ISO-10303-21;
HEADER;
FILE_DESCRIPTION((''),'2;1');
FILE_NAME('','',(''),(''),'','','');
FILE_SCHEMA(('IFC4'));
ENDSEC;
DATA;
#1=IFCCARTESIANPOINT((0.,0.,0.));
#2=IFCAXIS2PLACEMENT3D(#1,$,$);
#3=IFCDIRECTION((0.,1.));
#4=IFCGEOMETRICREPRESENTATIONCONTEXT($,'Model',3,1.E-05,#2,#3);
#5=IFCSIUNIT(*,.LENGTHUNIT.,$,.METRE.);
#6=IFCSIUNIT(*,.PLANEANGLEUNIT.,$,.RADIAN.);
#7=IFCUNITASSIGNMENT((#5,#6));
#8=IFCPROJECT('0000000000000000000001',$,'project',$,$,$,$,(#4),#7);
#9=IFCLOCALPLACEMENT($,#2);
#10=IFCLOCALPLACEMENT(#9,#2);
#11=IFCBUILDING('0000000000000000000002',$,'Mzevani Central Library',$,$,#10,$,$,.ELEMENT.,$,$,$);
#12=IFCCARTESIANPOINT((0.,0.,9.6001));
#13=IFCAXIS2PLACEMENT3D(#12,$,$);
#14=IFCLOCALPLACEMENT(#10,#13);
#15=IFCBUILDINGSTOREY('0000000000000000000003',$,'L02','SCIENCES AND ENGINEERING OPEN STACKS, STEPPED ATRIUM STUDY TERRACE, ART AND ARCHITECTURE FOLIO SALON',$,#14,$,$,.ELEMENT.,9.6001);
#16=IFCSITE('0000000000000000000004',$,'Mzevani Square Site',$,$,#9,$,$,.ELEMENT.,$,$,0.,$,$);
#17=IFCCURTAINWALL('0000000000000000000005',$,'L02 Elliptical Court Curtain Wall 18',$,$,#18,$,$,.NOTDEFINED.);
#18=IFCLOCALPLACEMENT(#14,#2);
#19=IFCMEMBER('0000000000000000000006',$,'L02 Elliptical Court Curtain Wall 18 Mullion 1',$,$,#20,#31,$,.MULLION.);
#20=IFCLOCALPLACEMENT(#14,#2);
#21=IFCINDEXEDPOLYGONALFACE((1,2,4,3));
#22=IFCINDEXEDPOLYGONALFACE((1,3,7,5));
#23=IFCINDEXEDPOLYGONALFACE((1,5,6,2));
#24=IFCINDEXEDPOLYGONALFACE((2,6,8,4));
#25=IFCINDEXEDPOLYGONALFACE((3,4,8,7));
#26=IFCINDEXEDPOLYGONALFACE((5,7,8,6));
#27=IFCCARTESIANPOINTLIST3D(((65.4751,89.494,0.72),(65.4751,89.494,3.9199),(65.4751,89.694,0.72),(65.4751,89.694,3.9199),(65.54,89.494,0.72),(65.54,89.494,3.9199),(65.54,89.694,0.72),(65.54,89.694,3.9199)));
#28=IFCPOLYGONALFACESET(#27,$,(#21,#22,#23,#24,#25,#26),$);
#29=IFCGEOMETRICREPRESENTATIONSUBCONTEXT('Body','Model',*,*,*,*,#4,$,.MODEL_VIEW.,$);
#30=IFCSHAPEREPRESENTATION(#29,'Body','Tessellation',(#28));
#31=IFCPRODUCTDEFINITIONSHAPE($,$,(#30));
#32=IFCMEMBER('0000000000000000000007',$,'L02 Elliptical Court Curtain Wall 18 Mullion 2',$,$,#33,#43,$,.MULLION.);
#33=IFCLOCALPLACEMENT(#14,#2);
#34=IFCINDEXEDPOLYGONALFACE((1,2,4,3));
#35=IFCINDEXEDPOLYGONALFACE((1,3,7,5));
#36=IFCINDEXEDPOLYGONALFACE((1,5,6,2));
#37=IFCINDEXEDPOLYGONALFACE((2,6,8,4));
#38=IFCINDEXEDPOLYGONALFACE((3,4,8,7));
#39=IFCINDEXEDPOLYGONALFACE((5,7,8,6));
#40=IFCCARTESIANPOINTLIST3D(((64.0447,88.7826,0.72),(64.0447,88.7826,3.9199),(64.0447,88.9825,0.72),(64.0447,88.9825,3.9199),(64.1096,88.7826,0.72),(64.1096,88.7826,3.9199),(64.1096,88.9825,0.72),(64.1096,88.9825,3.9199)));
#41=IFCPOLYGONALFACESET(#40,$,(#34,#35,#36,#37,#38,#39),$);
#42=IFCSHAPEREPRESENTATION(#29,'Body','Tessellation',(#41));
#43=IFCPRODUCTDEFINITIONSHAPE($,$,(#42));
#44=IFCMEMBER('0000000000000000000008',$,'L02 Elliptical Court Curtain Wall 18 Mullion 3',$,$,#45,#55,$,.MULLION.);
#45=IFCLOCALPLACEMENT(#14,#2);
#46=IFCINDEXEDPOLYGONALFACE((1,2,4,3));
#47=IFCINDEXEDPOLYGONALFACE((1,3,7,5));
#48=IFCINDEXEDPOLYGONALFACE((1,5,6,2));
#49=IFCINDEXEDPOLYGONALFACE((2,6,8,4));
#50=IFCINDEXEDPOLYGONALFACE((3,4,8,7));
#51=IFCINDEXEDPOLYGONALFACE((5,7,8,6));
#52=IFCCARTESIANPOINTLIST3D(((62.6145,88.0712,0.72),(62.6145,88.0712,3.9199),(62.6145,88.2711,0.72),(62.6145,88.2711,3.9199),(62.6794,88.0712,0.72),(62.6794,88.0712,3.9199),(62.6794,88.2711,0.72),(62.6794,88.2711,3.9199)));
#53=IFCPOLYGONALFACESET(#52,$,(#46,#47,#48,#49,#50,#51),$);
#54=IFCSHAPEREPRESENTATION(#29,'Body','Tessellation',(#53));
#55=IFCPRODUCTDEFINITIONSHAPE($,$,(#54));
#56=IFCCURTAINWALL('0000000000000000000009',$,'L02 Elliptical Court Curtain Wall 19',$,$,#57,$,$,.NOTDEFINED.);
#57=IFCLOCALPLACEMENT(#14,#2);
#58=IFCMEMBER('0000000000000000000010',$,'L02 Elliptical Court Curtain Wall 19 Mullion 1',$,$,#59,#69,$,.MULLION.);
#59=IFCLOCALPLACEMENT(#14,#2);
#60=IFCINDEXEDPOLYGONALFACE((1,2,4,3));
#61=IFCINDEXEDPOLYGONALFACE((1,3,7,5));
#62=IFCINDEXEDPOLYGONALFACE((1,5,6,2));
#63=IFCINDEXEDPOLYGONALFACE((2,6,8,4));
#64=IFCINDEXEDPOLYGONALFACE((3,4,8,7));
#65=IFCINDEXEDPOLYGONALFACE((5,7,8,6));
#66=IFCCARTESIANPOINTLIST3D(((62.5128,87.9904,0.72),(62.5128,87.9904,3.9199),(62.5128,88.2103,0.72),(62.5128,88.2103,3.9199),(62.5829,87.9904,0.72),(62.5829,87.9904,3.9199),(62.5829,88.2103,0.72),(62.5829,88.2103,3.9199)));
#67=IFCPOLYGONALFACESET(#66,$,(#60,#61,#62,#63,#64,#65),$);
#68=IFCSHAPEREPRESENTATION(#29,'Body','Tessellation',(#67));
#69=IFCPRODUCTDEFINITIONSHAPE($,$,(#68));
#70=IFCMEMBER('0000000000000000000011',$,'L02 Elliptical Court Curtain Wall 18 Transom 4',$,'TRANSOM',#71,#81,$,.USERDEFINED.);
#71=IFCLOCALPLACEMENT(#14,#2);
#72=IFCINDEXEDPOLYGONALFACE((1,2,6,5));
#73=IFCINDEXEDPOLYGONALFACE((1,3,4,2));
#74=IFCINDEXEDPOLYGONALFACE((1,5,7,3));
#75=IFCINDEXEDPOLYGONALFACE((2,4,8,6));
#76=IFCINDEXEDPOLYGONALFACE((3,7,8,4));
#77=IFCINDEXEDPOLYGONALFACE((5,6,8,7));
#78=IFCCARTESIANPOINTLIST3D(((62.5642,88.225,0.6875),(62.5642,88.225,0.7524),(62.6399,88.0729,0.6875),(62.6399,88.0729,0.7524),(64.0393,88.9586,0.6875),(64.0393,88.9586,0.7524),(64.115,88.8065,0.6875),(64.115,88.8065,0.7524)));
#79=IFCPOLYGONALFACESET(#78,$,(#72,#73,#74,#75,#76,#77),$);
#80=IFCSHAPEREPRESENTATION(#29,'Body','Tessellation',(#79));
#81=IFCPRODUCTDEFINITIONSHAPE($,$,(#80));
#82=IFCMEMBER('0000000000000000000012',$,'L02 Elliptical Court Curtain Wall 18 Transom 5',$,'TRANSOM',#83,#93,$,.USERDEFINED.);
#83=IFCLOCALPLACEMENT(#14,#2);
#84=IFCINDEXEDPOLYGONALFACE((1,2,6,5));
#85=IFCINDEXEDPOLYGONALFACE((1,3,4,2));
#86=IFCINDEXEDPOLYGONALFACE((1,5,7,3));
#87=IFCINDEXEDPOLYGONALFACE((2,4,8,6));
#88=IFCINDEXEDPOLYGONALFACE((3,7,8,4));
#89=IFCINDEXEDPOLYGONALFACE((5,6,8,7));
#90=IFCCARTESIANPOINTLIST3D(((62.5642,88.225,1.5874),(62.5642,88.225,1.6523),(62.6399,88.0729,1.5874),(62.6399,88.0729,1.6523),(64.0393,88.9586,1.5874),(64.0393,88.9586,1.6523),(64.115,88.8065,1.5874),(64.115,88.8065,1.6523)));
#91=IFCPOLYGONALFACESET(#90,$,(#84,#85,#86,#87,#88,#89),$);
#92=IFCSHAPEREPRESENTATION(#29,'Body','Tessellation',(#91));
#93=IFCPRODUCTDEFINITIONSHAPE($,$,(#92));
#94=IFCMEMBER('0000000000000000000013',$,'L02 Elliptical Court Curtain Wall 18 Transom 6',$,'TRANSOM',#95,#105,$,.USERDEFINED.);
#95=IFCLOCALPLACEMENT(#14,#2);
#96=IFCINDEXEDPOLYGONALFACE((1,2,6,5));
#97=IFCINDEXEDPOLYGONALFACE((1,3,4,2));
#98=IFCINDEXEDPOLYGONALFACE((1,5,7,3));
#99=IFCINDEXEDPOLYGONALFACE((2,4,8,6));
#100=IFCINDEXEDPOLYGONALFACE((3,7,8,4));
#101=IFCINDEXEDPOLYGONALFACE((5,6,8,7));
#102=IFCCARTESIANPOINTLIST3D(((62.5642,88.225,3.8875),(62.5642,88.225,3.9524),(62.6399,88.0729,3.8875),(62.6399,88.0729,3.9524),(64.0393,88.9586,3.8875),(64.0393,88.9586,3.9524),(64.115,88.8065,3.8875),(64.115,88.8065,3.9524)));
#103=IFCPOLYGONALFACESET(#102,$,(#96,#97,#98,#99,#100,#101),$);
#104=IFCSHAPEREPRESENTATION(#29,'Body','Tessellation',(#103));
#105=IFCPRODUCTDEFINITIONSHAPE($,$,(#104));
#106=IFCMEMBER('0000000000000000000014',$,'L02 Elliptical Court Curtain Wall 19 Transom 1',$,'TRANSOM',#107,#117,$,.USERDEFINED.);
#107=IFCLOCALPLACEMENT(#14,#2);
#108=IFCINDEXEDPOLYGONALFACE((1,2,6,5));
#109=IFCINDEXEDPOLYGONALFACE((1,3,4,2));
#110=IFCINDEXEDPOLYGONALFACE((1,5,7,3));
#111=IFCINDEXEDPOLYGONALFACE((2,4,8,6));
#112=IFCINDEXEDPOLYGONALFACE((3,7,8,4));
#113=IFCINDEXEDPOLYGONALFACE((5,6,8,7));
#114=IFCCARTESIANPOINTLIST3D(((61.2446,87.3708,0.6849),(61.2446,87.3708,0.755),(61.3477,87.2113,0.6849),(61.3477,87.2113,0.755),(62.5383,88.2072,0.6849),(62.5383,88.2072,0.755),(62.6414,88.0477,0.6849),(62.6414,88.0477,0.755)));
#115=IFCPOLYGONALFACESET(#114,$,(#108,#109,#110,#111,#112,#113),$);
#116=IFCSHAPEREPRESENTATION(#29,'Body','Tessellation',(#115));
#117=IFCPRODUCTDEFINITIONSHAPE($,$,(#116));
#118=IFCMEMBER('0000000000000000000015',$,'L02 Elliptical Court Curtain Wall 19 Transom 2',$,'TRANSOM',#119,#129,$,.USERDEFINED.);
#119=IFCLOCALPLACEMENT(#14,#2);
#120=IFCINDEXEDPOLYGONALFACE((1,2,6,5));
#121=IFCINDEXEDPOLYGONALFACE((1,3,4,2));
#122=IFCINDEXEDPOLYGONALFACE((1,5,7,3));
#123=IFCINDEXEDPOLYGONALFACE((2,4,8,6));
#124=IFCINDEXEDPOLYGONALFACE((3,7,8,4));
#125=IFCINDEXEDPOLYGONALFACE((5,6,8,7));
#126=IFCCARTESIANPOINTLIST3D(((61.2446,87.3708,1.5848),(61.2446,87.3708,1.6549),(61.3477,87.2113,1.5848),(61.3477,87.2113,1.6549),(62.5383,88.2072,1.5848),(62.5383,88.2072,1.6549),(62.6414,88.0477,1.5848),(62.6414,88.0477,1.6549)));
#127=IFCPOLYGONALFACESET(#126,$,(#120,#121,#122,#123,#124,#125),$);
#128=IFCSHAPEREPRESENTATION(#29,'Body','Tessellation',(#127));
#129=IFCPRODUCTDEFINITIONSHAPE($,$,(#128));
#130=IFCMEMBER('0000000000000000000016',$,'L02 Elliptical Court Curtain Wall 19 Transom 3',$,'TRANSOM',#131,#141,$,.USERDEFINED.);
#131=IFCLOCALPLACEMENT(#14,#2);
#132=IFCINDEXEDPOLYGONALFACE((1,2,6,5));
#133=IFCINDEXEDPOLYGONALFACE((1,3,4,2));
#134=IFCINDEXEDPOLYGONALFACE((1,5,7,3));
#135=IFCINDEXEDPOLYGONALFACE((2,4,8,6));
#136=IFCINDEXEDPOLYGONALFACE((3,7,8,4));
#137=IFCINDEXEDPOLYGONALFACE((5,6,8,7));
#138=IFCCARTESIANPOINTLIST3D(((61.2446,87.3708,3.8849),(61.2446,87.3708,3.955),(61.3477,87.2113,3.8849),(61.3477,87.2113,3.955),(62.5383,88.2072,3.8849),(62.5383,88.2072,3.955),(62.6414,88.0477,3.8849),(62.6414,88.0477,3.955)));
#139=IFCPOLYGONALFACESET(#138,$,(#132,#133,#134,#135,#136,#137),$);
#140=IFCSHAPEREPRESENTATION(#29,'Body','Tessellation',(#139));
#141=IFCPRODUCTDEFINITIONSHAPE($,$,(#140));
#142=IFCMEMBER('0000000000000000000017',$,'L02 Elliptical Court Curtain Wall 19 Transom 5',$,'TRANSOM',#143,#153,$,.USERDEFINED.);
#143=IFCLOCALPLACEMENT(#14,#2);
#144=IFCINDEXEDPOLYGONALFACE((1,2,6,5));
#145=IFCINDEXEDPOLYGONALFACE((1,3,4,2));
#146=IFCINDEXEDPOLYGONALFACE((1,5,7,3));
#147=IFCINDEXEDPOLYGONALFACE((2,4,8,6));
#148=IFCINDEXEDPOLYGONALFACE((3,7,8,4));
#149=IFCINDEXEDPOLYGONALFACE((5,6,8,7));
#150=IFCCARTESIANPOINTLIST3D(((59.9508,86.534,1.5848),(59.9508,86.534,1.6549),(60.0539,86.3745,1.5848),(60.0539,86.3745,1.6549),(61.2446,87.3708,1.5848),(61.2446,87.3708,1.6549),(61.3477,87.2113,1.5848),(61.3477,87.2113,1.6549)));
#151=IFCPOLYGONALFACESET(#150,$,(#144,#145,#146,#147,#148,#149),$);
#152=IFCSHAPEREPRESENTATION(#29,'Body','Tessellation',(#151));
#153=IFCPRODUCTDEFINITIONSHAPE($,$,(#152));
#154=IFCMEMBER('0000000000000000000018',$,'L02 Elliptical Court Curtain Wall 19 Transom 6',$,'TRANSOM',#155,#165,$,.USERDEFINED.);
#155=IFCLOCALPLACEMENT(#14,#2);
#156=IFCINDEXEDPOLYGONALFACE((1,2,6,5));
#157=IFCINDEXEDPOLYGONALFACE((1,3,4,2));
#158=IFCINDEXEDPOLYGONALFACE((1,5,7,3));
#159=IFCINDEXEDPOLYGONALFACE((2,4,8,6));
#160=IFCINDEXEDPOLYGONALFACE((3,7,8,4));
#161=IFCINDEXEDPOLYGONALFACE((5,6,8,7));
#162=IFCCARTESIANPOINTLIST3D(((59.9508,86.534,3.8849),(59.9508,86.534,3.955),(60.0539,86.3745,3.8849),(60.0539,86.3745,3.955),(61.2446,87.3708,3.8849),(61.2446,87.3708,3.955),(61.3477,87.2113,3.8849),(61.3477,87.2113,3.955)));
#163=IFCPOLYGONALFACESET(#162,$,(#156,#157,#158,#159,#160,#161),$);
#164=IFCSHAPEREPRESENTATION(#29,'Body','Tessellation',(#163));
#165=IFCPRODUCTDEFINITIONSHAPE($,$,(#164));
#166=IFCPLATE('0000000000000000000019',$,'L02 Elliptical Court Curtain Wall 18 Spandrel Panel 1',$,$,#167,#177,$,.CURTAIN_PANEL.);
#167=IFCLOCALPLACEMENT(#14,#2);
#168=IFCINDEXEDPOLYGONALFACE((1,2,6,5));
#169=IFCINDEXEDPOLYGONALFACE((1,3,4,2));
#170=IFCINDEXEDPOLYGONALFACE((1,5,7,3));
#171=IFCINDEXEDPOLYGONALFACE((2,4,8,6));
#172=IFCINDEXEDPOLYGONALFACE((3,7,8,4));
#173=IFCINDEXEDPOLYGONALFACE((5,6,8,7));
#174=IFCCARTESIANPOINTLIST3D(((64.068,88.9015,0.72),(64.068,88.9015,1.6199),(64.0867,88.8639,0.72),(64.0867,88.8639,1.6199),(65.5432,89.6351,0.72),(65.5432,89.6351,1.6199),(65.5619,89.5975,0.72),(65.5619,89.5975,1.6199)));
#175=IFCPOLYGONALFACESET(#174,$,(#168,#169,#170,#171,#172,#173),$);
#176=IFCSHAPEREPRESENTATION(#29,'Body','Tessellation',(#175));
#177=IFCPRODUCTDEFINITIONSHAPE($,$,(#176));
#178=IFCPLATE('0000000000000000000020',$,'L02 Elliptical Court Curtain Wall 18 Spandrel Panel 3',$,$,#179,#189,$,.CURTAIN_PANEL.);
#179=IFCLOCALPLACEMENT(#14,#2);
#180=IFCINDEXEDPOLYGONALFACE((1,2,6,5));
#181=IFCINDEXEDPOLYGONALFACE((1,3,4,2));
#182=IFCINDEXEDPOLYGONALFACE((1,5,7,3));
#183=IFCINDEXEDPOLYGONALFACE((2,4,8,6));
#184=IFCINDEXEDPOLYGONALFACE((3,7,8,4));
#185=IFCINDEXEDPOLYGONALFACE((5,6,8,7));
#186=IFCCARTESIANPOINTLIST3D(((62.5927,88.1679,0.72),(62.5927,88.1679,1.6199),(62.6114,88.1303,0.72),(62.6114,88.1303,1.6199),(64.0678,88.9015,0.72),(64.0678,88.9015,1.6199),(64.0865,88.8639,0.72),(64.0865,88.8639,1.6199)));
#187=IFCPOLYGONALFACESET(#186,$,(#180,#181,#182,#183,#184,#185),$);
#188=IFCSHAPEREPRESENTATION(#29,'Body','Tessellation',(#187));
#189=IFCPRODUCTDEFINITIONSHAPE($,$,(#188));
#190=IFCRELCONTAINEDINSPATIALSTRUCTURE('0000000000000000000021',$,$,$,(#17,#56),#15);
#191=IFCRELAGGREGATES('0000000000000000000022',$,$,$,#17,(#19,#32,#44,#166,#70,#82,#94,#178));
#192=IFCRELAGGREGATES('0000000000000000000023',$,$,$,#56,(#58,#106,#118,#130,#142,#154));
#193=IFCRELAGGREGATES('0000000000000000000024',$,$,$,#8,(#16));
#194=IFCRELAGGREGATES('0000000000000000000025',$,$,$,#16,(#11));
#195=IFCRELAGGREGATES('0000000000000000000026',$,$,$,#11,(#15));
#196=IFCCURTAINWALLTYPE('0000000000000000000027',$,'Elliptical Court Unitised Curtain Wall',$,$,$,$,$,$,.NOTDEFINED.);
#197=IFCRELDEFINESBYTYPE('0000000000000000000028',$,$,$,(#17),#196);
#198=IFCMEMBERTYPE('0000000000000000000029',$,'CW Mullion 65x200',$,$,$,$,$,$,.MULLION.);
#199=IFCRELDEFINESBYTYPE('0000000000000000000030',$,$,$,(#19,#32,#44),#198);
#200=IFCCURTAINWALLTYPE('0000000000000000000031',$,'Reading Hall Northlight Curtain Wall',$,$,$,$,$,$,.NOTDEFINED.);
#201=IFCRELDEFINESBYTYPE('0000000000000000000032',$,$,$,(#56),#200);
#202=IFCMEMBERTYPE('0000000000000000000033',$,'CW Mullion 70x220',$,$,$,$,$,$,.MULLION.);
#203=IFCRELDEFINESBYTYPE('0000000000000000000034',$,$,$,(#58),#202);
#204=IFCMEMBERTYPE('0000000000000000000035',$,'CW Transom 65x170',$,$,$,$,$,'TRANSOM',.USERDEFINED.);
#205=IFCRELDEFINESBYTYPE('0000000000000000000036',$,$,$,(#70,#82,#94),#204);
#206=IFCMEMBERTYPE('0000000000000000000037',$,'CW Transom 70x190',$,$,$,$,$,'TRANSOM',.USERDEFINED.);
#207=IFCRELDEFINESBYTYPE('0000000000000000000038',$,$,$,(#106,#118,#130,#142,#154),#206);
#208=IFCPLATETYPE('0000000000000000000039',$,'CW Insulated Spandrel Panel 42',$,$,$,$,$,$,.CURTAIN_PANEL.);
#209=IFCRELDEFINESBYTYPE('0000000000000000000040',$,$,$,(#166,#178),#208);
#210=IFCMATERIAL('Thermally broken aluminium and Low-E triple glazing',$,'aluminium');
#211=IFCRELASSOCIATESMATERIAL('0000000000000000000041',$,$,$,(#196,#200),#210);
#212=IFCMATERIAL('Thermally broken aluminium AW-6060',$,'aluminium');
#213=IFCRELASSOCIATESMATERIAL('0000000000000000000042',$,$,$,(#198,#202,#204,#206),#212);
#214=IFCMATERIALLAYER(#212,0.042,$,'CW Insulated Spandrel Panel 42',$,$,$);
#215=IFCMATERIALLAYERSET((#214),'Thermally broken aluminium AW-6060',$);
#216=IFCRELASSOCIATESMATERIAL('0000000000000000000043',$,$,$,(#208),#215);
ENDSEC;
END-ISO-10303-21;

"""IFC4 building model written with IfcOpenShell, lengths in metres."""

from ifc_helpers import new_model, si_unit, direction, frame, origin, origin_2d, place, context, subcontext, project, spatial, rectangle, extrude, material, layer, layer_set, material_profile, profile_set, type_object, element, aggregate, save


model = new_model("IFC4")

# Units and contexts
model_context = context("Model", 3, precision=1e-05, world=origin(), true_north=direction((0.0, 1.0)))
body_context = subcontext(model_context, "Body", "Model", "MODEL_VIEW")
ifc_project = project(units=[si_unit("LENGTHUNIT", "METRE"), si_unit("PLANEANGLEUNIT", "RADIAN")], contexts=[model_context])

# Site, building, storey
site_placement = place(None, origin())
site = spatial("IfcSite", under=ifc_project, at=site_placement, Name="Mzevani Square Site", CompositionType="ELEMENT", RefElevation=0.0)
building_placement = place(site_placement, origin())
building = spatial("IfcBuilding", under=site, at=building_placement, Name="Mzevani Central Library", CompositionType="ELEMENT")
storey_placement = place(building_placement, frame((0.0, 0.0, 9.6001)))
storey = spatial("IfcBuildingStorey", under=building, at=storey_placement, Name="L02", Description="SCIENCES AND ENGINEERING OPEN STACKS, STEPPED ATRIUM STUDY TERRACE, ART AND ARCHITECTURE FOLIO SALON", CompositionType="ELEMENT", Elevation=9.6001)

# Curtain wall, members
ifc_material_1 = material(Name="Thermally broken aluminium and Low-E triple glazing", Category="aluminium")
curtain_wall_type_1 = type_object("IfcCurtainWallType", Name="Elliptical Court Unitised Curtain Wall", PredefinedType="NOTDEFINED", material=ifc_material_1)
curtain_wall_1_placement = place(storey_placement, origin())
curtain_wall_1 = element("IfcCurtainWall", 1, at=curtain_wall_1_placement, inside=storey, type_object=curtain_wall_type_1, Name="L02 Elliptical Court Curtain Wall 18", PredefinedType="NOTDEFINED")
ifc_material_2 = material(Name="Thermally broken aluminium AW-6060", Category="aluminium")
ifc_material_profile_1 = material_profile(ifc_material_2, rectangle(XDim=0.0649, YDim=0.2, at=origin_2d()), Name="ALU M65x200")
ifc_profile_set_1 = profile_set([ifc_material_profile_1], Name="Thermally broken aluminium AW-6060")
member_type_1 = type_object("IfcMemberType", Name="CW Mullion 65x200", PredefinedType="MULLION", material=ifc_profile_set_1)
member_1_placement = place(storey_placement, frame((65.5076, 89.594, 0.72), z_axis=(0.0, 0.0, 1.0), x_axis=(1.0, 0.0, 0.0)))
member_1 = element("IfcMember", 2, at=member_1_placement, type_object=member_type_1, Name="L02 Elliptical Court Curtain Wall 18 Mullion 1", PredefinedType="MULLION", context=body_context, shape_type="SweptSolid", body=[
    extrude(rectangle(XDim=0.0649, YDim=0.2, at=origin_2d()), origin(), (0.0, 0.0, 1.0), 3.2),
])
member_2_placement = place(storey_placement, frame((64.0771, 88.8826, 0.72), z_axis=(0.0, 0.0, 1.0), x_axis=(1.0, 0.0, 0.0)))
member_2 = element("IfcMember", 3, at=member_2_placement, type_object=member_type_1, Name="L02 Elliptical Court Curtain Wall 18 Mullion 2", PredefinedType="MULLION", context=body_context, shape_type="SweptSolid", body=[
    extrude(rectangle(XDim=0.0649, YDim=0.2, at=origin_2d()), origin(), (0.0, 0.0, 1.0), 3.2),
])
member_3_placement = place(storey_placement, frame((62.647, 88.1711, 0.72), z_axis=(0.0, 0.0, 1.0), x_axis=(1.0, 0.0, 0.0)))
member_3 = element("IfcMember", 4, at=member_3_placement, type_object=member_type_1, Name="L02 Elliptical Court Curtain Wall 18 Mullion 3", PredefinedType="MULLION", context=body_context, shape_type="SweptSolid", body=[
    extrude(rectangle(XDim=0.0649, YDim=0.2, at=origin_2d()), origin(), (0.0, 0.0, 1.0), 3.2),
])

# Curtain wall, member
curtain_wall_type_2 = type_object("IfcCurtainWallType", Name="Reading Hall Northlight Curtain Wall", PredefinedType="NOTDEFINED", material=ifc_material_1)
curtain_wall_2_placement = place(storey_placement, origin())
curtain_wall_2 = element("IfcCurtainWall", 5, at=curtain_wall_2_placement, inside=storey, type_object=curtain_wall_type_2, Name="L02 Elliptical Court Curtain Wall 19", PredefinedType="NOTDEFINED")
ifc_material_profile_2 = material_profile(ifc_material_2, rectangle(XDim=0.0701, YDim=0.22, at=origin_2d()), Name="ALU M70x220")
ifc_profile_set_2 = profile_set([ifc_material_profile_2], Name="Thermally broken aluminium AW-6060")
member_type_2 = type_object("IfcMemberType", Name="CW Mullion 70x220", PredefinedType="MULLION", material=ifc_profile_set_2)
member_4_placement = place(storey_placement, frame((62.5479, 88.1003, 0.72), z_axis=(0.0, 0.0, 1.0), x_axis=(1.0, 0.0, 0.0)))
member_4 = element("IfcMember", 6, at=member_4_placement, type_object=member_type_2, Name="L02 Elliptical Court Curtain Wall 19 Mullion 1", PredefinedType="MULLION", context=body_context, shape_type="SweptSolid", body=[
    extrude(rectangle(XDim=0.0701, YDim=0.22, at=origin_2d()), origin(), (0.0, 0.0, 1.0), 3.2),
])

# Members
ifc_material_profile_3 = material_profile(ifc_material_2, rectangle(XDim=0.1699, YDim=0.0649, at=origin_2d()), Name="ALU T65x170")
ifc_profile_set_3 = profile_set([ifc_material_profile_3], Name="Thermally broken aluminium AW-6060")
member_type_3 = type_object("IfcMemberType", Name="CW Transom 65x170", ElementType="TRANSOM", PredefinedType="USERDEFINED", material=ifc_profile_set_3)
member_5_placement = place(storey_placement, frame((64.0771, 88.8826, 0.72), z_axis=(-0.895374, -0.445316, 0.0), x_axis=(0.445316, -0.895374, 0.0)))
member_5 = element("IfcMember", 7, at=member_5_placement, type_object=member_type_3, Name="L02 Elliptical Court Curtain Wall 18 Transom 4", ObjectType="TRANSOM", PredefinedType="USERDEFINED", context=body_context, shape_type="SweptSolid", body=[
    extrude(rectangle(XDim=0.1699, YDim=0.0649, at=origin_2d()), origin(), (0.0, 0.0, 1.0), 1.6475),
])
member_6_placement = place(storey_placement, frame((64.0771, 88.8826, 1.6199), z_axis=(-0.895374, -0.445316, 0.0), x_axis=(0.445316, -0.895374, 0.0)))
member_6 = element("IfcMember", 8, at=member_6_placement, type_object=member_type_3, Name="L02 Elliptical Court Curtain Wall 18 Transom 5", ObjectType="TRANSOM", PredefinedType="USERDEFINED", context=body_context, shape_type="SweptSolid", body=[
    extrude(rectangle(XDim=0.1699, YDim=0.0649, at=origin_2d()), origin(), (0.0, 0.0, 1.0), 1.6475),
])
member_7_placement = place(storey_placement, frame((64.0771, 88.8826, 3.9199), z_axis=(-0.895374, -0.445316, 0.0), x_axis=(0.445316, -0.895374, 0.0)))
member_7 = element("IfcMember", 9, at=member_7_placement, type_object=member_type_3, Name="L02 Elliptical Court Curtain Wall 18 Transom 6", ObjectType="TRANSOM", PredefinedType="USERDEFINED", context=body_context, shape_type="SweptSolid", body=[
    extrude(rectangle(XDim=0.1699, YDim=0.0649, at=origin_2d()), origin(), (0.0, 0.0, 1.0), 1.6475),
])
ifc_material_profile_4 = material_profile(ifc_material_2, rectangle(XDim=0.1899, YDim=0.0701, at=origin_2d()), Name="ALU T70x190")
ifc_profile_set_4 = profile_set([ifc_material_profile_4], Name="Thermally broken aluminium AW-6060")
member_type_4 = type_object("IfcMemberType", Name="CW Transom 70x190", ElementType="TRANSOM", PredefinedType="USERDEFINED", material=ifc_profile_set_4)
member_8_placement = place(storey_placement, frame((62.5898, 88.1274, 0.72), z_axis=(-0.83977, -0.542942, 0.0), x_axis=(0.542942, -0.83977, 0.0)))
member_8 = element("IfcMember", 10, at=member_8_placement, type_object=member_type_4, Name="L02 Elliptical Court Curtain Wall 19 Transom 1", ObjectType="TRANSOM", PredefinedType="USERDEFINED", context=body_context, shape_type="SweptSolid", body=[
    extrude(rectangle(XDim=0.1899, YDim=0.0701, at=origin_2d()), origin(), (0.0, 0.0, 1.0), 1.5405),
])
member_9_placement = place(storey_placement, frame((62.5898, 88.1274, 1.6199), z_axis=(-0.83977, -0.542942, 0.0), x_axis=(0.542942, -0.83977, 0.0)))
member_9 = element("IfcMember", 11, at=member_9_placement, type_object=member_type_4, Name="L02 Elliptical Court Curtain Wall 19 Transom 2", ObjectType="TRANSOM", PredefinedType="USERDEFINED", context=body_context, shape_type="SweptSolid", body=[
    extrude(rectangle(XDim=0.1899, YDim=0.0701, at=origin_2d()), origin(), (0.0, 0.0, 1.0), 1.5405),
])
member_10_placement = place(storey_placement, frame((62.5898, 88.1274, 3.9199), z_axis=(-0.83977, -0.542942, 0.0), x_axis=(0.542942, -0.83977, 0.0)))
member_10 = element("IfcMember", 12, at=member_10_placement, type_object=member_type_4, Name="L02 Elliptical Court Curtain Wall 19 Transom 3", ObjectType="TRANSOM", PredefinedType="USERDEFINED", context=body_context, shape_type="SweptSolid", body=[
    extrude(rectangle(XDim=0.1899, YDim=0.0701, at=origin_2d()), origin(), (0.0, 0.0, 1.0), 1.5405),
])
member_11_placement = place(storey_placement, frame((61.2961, 87.291, 1.6199), z_axis=(-0.839698, -0.543054, 0.0), x_axis=(0.543054, -0.839698, 0.0)))
member_11 = element("IfcMember", 13, at=member_11_placement, type_object=member_type_4, Name="L02 Elliptical Court Curtain Wall 19 Transom 5", ObjectType="TRANSOM", PredefinedType="USERDEFINED", context=body_context, shape_type="SweptSolid", body=[
    extrude(rectangle(XDim=0.1899, YDim=0.0701, at=origin_2d()), origin(), (0.0, 0.0, 1.0), 1.5408),
])
member_12_placement = place(storey_placement, frame((61.2961, 87.291, 3.9199), z_axis=(-0.839698, -0.543054, 0.0), x_axis=(0.543054, -0.839698, 0.0)))
member_12 = element("IfcMember", 14, at=member_12_placement, type_object=member_type_4, Name="L02 Elliptical Court Curtain Wall 19 Transom 6", ObjectType="TRANSOM", PredefinedType="USERDEFINED", context=body_context, shape_type="SweptSolid", body=[
    extrude(rectangle(XDim=0.1899, YDim=0.0701, at=origin_2d()), origin(), (0.0, 0.0, 1.0), 1.5408),
])

# Plates
ifc_layer_1 = layer(ifc_material_2, 0.042, Name="CW Insulated Spandrel Panel 42")
ifc_layer_set_1 = layer_set([ifc_layer_1], Name="Thermally broken aluminium AW-6060")
plate_type_1 = type_object("IfcPlateType", Name="CW Insulated Spandrel Panel 42", PredefinedType="CURTAIN_PANEL", material=ifc_layer_set_1)
plate_1_placement = place(storey_placement, frame((64.8149, 89.2495, 0.72), z_axis=(0.0, 0.0, 1.0), x_axis=(-0.89539, -0.445282, 0.0)))
plate_1 = element("IfcPlate", 15, at=plate_1_placement, type_object=plate_type_1, Name="L02 Elliptical Court Curtain Wall 18 Spandrel Panel 1", PredefinedType="CURTAIN_PANEL", context=body_context, shape_type="SweptSolid", body=[
    extrude(rectangle(XDim=1.6475, YDim=0.042, at=origin_2d()), origin(), (0.0, 0.0, 1.0), 0.8999),
])
plate_2_placement = place(storey_placement, frame((63.3396, 88.5159, 0.72), z_axis=(0.0, 0.0, 1.0), x_axis=(-0.89539, -0.445282, 0.0)))
plate_2 = element("IfcPlate", 16, at=plate_2_placement, type_object=plate_type_1, Name="L02 Elliptical Court Curtain Wall 18 Spandrel Panel 3", PredefinedType="CURTAIN_PANEL", context=body_context, shape_type="SweptSolid", body=[
    extrude(rectangle(XDim=1.6475, YDim=0.042, at=origin_2d()), origin(), (0.0, 0.0, 1.0), 0.8999),
])
aggregate(curtain_wall_1, [member_1, member_2, member_3, plate_1, member_5, member_6, member_7, plate_2])
aggregate(curtain_wall_2, [member_4, member_8, member_9, member_10, member_11, member_12])

save(model, "model.ifc")
